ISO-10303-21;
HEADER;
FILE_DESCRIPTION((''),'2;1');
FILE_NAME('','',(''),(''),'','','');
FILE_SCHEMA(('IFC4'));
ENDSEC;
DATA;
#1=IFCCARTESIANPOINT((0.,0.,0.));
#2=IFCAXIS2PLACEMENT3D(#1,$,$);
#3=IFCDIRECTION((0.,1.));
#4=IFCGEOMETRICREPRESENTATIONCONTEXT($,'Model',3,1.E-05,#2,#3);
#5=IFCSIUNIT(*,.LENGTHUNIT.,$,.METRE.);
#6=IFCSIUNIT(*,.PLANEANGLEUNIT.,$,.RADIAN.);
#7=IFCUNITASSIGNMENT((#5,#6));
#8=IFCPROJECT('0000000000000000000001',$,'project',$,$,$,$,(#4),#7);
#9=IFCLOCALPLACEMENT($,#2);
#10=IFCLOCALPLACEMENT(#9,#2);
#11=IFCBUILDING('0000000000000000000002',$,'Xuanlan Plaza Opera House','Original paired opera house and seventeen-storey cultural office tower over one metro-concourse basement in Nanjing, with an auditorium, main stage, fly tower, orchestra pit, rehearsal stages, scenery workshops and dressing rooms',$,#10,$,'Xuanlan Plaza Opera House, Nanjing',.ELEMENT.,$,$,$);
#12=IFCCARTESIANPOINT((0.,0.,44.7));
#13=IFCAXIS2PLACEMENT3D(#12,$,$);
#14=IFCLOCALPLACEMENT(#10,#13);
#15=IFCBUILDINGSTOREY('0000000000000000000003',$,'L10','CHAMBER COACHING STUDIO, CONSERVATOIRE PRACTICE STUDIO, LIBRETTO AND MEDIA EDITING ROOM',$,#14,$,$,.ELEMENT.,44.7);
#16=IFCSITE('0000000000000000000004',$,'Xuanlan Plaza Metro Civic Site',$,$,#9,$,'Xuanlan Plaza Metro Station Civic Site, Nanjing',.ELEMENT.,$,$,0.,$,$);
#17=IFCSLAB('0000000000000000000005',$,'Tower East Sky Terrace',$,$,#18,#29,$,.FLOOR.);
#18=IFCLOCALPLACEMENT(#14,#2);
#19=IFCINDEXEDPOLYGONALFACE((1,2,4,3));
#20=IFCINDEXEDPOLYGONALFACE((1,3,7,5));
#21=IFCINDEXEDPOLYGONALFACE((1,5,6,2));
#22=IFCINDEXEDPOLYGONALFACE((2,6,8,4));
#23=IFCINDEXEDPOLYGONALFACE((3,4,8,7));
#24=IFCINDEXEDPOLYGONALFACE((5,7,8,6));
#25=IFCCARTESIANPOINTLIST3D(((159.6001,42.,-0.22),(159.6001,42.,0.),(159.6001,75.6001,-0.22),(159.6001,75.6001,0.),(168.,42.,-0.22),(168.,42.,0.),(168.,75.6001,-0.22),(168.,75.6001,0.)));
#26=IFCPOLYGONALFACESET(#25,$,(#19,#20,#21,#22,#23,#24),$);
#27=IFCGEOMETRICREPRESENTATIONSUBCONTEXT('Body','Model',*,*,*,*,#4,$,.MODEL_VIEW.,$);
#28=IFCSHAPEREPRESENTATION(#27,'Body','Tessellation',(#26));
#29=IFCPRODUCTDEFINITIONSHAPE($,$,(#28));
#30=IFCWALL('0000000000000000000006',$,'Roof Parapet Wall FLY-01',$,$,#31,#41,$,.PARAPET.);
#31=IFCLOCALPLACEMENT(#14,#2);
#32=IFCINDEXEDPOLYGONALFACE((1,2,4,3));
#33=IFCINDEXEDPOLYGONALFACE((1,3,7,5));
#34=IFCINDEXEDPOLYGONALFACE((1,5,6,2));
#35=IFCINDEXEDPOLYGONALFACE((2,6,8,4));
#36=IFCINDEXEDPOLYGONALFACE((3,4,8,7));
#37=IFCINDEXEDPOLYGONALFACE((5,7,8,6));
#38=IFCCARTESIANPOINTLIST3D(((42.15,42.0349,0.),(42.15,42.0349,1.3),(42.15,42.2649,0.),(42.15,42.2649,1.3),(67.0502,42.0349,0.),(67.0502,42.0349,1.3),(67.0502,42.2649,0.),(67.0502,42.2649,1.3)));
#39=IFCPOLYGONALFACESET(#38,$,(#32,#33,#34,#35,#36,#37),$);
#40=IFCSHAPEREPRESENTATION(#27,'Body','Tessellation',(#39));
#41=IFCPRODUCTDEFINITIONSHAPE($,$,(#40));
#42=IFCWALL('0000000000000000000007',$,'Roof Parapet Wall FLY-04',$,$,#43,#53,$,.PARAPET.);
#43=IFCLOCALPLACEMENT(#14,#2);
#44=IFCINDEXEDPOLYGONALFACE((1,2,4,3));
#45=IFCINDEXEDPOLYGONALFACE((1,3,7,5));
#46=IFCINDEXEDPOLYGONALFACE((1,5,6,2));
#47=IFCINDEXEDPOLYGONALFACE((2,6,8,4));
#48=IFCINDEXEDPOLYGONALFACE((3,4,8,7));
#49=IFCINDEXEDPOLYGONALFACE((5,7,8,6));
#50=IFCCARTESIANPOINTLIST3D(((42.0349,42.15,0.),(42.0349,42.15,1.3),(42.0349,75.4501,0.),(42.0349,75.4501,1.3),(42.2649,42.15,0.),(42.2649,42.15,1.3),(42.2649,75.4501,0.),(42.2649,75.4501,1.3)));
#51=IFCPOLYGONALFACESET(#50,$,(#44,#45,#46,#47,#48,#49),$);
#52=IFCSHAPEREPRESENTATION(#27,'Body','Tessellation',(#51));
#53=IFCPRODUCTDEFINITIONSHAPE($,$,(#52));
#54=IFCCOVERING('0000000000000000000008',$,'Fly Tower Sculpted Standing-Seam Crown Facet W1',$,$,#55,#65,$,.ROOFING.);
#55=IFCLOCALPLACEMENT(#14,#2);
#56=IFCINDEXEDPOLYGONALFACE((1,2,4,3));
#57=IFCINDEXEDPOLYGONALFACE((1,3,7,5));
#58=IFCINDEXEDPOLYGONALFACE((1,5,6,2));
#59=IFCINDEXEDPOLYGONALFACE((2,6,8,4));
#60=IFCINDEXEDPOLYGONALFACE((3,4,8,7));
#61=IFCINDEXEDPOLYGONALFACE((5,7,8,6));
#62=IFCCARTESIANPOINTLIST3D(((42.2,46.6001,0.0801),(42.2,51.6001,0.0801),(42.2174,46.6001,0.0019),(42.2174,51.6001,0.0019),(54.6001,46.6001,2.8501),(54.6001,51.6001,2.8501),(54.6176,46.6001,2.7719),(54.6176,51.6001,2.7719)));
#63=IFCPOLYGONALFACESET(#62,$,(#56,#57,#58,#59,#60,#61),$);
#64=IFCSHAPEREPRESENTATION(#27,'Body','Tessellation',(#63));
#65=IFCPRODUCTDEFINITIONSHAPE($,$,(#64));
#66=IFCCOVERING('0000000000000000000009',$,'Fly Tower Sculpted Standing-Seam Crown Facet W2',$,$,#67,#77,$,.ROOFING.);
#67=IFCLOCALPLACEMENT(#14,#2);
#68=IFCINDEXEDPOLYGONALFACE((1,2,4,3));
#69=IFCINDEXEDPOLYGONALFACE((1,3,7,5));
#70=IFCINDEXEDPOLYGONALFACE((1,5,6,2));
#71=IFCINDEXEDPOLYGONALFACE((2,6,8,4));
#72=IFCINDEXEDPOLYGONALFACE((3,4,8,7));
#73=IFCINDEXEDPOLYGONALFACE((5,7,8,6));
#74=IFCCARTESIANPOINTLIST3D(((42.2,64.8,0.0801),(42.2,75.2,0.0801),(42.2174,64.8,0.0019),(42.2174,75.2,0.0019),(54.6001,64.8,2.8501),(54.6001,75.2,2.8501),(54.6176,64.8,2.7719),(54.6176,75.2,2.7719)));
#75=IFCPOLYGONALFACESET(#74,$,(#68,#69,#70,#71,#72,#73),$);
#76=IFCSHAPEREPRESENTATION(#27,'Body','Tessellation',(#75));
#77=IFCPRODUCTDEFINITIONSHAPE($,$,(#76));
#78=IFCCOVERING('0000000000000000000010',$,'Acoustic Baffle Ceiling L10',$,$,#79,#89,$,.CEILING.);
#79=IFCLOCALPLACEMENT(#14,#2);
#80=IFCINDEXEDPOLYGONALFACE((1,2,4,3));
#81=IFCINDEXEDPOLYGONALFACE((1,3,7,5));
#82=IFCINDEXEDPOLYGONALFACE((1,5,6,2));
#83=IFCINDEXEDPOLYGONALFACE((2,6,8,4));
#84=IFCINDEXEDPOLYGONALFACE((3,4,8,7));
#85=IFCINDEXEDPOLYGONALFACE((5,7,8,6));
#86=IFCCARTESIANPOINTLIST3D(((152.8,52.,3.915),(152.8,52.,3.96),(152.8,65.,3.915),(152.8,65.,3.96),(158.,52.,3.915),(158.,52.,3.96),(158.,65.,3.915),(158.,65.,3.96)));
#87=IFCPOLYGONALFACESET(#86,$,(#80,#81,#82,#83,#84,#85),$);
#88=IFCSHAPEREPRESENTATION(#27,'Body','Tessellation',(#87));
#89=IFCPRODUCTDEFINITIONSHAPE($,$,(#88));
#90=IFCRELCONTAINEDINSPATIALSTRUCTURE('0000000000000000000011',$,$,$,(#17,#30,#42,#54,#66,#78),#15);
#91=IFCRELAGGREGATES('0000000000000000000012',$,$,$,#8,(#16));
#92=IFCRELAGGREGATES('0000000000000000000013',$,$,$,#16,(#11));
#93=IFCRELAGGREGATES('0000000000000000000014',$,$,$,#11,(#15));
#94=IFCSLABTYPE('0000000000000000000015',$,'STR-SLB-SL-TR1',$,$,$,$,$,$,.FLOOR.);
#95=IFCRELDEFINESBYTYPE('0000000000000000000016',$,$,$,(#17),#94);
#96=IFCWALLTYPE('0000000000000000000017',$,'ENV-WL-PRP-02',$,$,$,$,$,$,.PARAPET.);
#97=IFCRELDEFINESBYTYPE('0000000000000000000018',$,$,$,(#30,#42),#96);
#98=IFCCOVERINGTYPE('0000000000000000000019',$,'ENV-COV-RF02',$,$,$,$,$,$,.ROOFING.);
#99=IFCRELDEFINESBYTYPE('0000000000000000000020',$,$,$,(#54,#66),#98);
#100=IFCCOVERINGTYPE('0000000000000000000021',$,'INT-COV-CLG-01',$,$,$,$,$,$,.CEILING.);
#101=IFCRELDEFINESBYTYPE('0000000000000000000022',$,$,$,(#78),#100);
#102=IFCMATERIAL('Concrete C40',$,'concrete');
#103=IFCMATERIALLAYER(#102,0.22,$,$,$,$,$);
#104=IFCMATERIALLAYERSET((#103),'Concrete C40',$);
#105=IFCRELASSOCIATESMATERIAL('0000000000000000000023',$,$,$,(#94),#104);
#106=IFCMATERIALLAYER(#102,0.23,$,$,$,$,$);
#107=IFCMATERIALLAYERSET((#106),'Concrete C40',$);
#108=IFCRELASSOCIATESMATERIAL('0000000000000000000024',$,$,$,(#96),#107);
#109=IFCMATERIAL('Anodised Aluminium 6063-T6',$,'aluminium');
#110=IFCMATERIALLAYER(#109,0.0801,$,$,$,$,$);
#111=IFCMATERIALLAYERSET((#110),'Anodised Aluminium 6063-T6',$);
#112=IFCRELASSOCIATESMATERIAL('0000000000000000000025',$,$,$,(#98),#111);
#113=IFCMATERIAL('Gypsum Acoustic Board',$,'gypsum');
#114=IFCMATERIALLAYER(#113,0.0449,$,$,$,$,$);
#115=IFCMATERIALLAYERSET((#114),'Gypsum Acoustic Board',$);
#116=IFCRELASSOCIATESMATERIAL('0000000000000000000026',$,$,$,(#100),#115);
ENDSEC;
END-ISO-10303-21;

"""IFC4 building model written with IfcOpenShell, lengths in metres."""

from ifc_helpers import new_model, si_unit, direction, frame, frame_2d, origin, place, context, subcontext, project, spatial, polyline, rectangle, outline, extrude, material, layer, layer_set, type_object, element, save


model = new_model("IFC4")

# Units and contexts
model_context = context("Model", 3, precision=1e-05, world=origin(), true_north=direction((0.0, 1.0)))
body_context = subcontext(model_context, "Body", "Model", "MODEL_VIEW")
ifc_project = project(units=[si_unit("LENGTHUNIT", "METRE"), si_unit("PLANEANGLEUNIT", "RADIAN")], contexts=[model_context])

# Site, building, storey
site_placement = place(None, origin())
site = spatial("IfcSite", under=ifc_project, at=site_placement, Name="Xuanlan Plaza Metro Civic Site", LongName="Xuanlan Plaza Metro Station Civic Site, Nanjing", CompositionType="ELEMENT", RefElevation=0.0)
building_placement = place(site_placement, origin())
building = spatial("IfcBuilding", under=site, at=building_placement, Name="Xuanlan Plaza Opera House", Description="Original paired opera house and seventeen-storey cultural office tower over one metro-concourse basement in Nanjing, with an auditorium, main stage, fly tower, orchestra pit, rehearsal stages, scenery workshops and dressing rooms", LongName="Xuanlan Plaza Opera House, Nanjing", CompositionType="ELEMENT")
storey_placement = place(building_placement, frame((0.0, 0.0, 44.7)))
storey = spatial("IfcBuildingStorey", under=building, at=storey_placement, Name="L10", Description="CHAMBER COACHING STUDIO, CONSERVATOIRE PRACTICE STUDIO, LIBRETTO AND MEDIA EDITING ROOM", CompositionType="ELEMENT", Elevation=44.7)

# Shared definitions
ifc_material_1 = material(Name="Concrete C40", Category="concrete")

# Slab
ifc_layer_1 = layer(ifc_material_1, 0.22)
ifc_layer_set_1 = layer_set([ifc_layer_1], Name="Concrete C40")
slab_type_1 = type_object("IfcSlabType", Name="STR-SLB-SL-TR1", PredefinedType="FLOOR", material=ifc_layer_set_1)
slab_1_placement = place(storey_placement, frame((0.0, 0.0, -0.22)))
element("IfcSlab", 1, at=slab_1_placement, inside=storey, type_object=slab_type_1, Name="Tower East Sky Terrace", PredefinedType="FLOOR", context=body_context, shape_type="SweptSolid", body=[
    extrude(outline(polyline([(159.6001, 42.0), (168.0, 42.0), (168.0, 75.6001), (159.6001, 75.6001), (159.6001, 42.0)])), origin(), (0.0, 0.0, 1.0), 0.22),
])

# Walls
ifc_layer_2 = layer(ifc_material_1, 0.23)
ifc_layer_set_2 = layer_set([ifc_layer_2], Name="Concrete C40")
wall_type = type_object("IfcWallType", Name="ENV-WL-PRP-02", PredefinedType="PARAPET", material=ifc_layer_set_2)
wall_1_placement = place(storey_placement, frame((42.1499, 42.1499, 0.0), z_axis=(0.0, 0.0, 1.0), x_axis=(1.0, 0.0, 0.0)))
element("IfcWall", 2, at=wall_1_placement, inside=storey, type_object=wall_type, Name="Roof Parapet Wall FLY-01", PredefinedType="PARAPET", context=body_context, shape_type="SweptSolid", body=[
    extrude(rectangle(XDim=24.9001, YDim=0.23, at=frame_2d((12.4502, 0.0))), origin(), (0.0, 0.0, 1.0), 1.3),
])
wall_2_placement = place(storey_placement, frame((42.1499, 75.45, 0.0), z_axis=(0.0, 0.0, 1.0), x_axis=(0.0, -1.0, 0.0)))
element("IfcWall", 3, at=wall_2_placement, inside=storey, type_object=wall_type, Name="Roof Parapet Wall FLY-04", PredefinedType="PARAPET", context=body_context, shape_type="SweptSolid", body=[
    extrude(rectangle(XDim=33.3, YDim=0.23, at=frame_2d((16.6499, 0.0))), origin(), (0.0, 0.0, 1.0), 1.3),
])

# Coverings
ifc_material_2 = material(Name="Anodised Aluminium 6063-T6", Category="aluminium")
ifc_layer_3 = layer(ifc_material_2, 0.0801)
ifc_layer_set_3 = layer_set([ifc_layer_3], Name="Anodised Aluminium 6063-T6")
covering_type_1 = type_object("IfcCoveringType", Name="ENV-COV-RF02", PredefinedType="ROOFING", material=ifc_layer_set_3)
covering_1_placement = place(storey_placement, frame((42.2, 46.6001, 0.0801), z_axis=(-0.218013, 0.0, 0.975946), x_axis=(0.975946, 0.0, 0.218013)))
element("IfcCovering", 4, at=covering_1_placement, inside=storey, type_object=covering_type_1, Name="Fly Tower Sculpted Standing-Seam Crown Facet W1", PredefinedType="ROOFING", context=body_context, shape_type="SweptSolid", body=[
    extrude(outline(polyline([(0.0, 0.0), (12.7058, 0.0), (12.7058, 5.0), (0.0, 5.0), (0.0, 0.0)])), origin(), (0.0, 0.0, -1.0), 0.0801),
])
covering_2_placement = place(storey_placement, frame((42.2, 64.8, 0.0801), z_axis=(-0.218013, 0.0, 0.975946), x_axis=(0.975946, 0.0, 0.218013)))
element("IfcCovering", 5, at=covering_2_placement, inside=storey, type_object=covering_type_1, Name="Fly Tower Sculpted Standing-Seam Crown Facet W2", PredefinedType="ROOFING", context=body_context, shape_type="SweptSolid", body=[
    extrude(outline(polyline([(0.0, 0.0), (12.7058, 0.0), (12.7058, 10.3999), (0.0, 10.3999), (0.0, 0.0)])), origin(), (0.0, 0.0, -1.0), 0.0801),
])
ifc_material_3 = material(Name="Gypsum Acoustic Board", Category="gypsum")
ifc_layer_4 = layer(ifc_material_3, 0.0449)
ifc_layer_set_4 = layer_set([ifc_layer_4], Name="Gypsum Acoustic Board")
covering_type_2 = type_object("IfcCoveringType", Name="INT-COV-CLG-01", PredefinedType="CEILING", material=ifc_layer_set_4)
covering_3_placement = place(storey_placement, frame((0.0, 0.0, 3.915)))
element("IfcCovering", 6, at=covering_3_placement, inside=storey, type_object=covering_type_2, Name="Acoustic Baffle Ceiling L10", PredefinedType="CEILING", context=body_context, shape_type="SweptSolid", body=[
    extrude(outline(polyline([(152.8, 52.0), (158.0, 52.0), (158.0, 65.0), (152.8, 65.0), (152.8, 52.0)])), origin(), (0.0, 0.0, 1.0), 0.0449),
])

save(model, "model.ifc")
